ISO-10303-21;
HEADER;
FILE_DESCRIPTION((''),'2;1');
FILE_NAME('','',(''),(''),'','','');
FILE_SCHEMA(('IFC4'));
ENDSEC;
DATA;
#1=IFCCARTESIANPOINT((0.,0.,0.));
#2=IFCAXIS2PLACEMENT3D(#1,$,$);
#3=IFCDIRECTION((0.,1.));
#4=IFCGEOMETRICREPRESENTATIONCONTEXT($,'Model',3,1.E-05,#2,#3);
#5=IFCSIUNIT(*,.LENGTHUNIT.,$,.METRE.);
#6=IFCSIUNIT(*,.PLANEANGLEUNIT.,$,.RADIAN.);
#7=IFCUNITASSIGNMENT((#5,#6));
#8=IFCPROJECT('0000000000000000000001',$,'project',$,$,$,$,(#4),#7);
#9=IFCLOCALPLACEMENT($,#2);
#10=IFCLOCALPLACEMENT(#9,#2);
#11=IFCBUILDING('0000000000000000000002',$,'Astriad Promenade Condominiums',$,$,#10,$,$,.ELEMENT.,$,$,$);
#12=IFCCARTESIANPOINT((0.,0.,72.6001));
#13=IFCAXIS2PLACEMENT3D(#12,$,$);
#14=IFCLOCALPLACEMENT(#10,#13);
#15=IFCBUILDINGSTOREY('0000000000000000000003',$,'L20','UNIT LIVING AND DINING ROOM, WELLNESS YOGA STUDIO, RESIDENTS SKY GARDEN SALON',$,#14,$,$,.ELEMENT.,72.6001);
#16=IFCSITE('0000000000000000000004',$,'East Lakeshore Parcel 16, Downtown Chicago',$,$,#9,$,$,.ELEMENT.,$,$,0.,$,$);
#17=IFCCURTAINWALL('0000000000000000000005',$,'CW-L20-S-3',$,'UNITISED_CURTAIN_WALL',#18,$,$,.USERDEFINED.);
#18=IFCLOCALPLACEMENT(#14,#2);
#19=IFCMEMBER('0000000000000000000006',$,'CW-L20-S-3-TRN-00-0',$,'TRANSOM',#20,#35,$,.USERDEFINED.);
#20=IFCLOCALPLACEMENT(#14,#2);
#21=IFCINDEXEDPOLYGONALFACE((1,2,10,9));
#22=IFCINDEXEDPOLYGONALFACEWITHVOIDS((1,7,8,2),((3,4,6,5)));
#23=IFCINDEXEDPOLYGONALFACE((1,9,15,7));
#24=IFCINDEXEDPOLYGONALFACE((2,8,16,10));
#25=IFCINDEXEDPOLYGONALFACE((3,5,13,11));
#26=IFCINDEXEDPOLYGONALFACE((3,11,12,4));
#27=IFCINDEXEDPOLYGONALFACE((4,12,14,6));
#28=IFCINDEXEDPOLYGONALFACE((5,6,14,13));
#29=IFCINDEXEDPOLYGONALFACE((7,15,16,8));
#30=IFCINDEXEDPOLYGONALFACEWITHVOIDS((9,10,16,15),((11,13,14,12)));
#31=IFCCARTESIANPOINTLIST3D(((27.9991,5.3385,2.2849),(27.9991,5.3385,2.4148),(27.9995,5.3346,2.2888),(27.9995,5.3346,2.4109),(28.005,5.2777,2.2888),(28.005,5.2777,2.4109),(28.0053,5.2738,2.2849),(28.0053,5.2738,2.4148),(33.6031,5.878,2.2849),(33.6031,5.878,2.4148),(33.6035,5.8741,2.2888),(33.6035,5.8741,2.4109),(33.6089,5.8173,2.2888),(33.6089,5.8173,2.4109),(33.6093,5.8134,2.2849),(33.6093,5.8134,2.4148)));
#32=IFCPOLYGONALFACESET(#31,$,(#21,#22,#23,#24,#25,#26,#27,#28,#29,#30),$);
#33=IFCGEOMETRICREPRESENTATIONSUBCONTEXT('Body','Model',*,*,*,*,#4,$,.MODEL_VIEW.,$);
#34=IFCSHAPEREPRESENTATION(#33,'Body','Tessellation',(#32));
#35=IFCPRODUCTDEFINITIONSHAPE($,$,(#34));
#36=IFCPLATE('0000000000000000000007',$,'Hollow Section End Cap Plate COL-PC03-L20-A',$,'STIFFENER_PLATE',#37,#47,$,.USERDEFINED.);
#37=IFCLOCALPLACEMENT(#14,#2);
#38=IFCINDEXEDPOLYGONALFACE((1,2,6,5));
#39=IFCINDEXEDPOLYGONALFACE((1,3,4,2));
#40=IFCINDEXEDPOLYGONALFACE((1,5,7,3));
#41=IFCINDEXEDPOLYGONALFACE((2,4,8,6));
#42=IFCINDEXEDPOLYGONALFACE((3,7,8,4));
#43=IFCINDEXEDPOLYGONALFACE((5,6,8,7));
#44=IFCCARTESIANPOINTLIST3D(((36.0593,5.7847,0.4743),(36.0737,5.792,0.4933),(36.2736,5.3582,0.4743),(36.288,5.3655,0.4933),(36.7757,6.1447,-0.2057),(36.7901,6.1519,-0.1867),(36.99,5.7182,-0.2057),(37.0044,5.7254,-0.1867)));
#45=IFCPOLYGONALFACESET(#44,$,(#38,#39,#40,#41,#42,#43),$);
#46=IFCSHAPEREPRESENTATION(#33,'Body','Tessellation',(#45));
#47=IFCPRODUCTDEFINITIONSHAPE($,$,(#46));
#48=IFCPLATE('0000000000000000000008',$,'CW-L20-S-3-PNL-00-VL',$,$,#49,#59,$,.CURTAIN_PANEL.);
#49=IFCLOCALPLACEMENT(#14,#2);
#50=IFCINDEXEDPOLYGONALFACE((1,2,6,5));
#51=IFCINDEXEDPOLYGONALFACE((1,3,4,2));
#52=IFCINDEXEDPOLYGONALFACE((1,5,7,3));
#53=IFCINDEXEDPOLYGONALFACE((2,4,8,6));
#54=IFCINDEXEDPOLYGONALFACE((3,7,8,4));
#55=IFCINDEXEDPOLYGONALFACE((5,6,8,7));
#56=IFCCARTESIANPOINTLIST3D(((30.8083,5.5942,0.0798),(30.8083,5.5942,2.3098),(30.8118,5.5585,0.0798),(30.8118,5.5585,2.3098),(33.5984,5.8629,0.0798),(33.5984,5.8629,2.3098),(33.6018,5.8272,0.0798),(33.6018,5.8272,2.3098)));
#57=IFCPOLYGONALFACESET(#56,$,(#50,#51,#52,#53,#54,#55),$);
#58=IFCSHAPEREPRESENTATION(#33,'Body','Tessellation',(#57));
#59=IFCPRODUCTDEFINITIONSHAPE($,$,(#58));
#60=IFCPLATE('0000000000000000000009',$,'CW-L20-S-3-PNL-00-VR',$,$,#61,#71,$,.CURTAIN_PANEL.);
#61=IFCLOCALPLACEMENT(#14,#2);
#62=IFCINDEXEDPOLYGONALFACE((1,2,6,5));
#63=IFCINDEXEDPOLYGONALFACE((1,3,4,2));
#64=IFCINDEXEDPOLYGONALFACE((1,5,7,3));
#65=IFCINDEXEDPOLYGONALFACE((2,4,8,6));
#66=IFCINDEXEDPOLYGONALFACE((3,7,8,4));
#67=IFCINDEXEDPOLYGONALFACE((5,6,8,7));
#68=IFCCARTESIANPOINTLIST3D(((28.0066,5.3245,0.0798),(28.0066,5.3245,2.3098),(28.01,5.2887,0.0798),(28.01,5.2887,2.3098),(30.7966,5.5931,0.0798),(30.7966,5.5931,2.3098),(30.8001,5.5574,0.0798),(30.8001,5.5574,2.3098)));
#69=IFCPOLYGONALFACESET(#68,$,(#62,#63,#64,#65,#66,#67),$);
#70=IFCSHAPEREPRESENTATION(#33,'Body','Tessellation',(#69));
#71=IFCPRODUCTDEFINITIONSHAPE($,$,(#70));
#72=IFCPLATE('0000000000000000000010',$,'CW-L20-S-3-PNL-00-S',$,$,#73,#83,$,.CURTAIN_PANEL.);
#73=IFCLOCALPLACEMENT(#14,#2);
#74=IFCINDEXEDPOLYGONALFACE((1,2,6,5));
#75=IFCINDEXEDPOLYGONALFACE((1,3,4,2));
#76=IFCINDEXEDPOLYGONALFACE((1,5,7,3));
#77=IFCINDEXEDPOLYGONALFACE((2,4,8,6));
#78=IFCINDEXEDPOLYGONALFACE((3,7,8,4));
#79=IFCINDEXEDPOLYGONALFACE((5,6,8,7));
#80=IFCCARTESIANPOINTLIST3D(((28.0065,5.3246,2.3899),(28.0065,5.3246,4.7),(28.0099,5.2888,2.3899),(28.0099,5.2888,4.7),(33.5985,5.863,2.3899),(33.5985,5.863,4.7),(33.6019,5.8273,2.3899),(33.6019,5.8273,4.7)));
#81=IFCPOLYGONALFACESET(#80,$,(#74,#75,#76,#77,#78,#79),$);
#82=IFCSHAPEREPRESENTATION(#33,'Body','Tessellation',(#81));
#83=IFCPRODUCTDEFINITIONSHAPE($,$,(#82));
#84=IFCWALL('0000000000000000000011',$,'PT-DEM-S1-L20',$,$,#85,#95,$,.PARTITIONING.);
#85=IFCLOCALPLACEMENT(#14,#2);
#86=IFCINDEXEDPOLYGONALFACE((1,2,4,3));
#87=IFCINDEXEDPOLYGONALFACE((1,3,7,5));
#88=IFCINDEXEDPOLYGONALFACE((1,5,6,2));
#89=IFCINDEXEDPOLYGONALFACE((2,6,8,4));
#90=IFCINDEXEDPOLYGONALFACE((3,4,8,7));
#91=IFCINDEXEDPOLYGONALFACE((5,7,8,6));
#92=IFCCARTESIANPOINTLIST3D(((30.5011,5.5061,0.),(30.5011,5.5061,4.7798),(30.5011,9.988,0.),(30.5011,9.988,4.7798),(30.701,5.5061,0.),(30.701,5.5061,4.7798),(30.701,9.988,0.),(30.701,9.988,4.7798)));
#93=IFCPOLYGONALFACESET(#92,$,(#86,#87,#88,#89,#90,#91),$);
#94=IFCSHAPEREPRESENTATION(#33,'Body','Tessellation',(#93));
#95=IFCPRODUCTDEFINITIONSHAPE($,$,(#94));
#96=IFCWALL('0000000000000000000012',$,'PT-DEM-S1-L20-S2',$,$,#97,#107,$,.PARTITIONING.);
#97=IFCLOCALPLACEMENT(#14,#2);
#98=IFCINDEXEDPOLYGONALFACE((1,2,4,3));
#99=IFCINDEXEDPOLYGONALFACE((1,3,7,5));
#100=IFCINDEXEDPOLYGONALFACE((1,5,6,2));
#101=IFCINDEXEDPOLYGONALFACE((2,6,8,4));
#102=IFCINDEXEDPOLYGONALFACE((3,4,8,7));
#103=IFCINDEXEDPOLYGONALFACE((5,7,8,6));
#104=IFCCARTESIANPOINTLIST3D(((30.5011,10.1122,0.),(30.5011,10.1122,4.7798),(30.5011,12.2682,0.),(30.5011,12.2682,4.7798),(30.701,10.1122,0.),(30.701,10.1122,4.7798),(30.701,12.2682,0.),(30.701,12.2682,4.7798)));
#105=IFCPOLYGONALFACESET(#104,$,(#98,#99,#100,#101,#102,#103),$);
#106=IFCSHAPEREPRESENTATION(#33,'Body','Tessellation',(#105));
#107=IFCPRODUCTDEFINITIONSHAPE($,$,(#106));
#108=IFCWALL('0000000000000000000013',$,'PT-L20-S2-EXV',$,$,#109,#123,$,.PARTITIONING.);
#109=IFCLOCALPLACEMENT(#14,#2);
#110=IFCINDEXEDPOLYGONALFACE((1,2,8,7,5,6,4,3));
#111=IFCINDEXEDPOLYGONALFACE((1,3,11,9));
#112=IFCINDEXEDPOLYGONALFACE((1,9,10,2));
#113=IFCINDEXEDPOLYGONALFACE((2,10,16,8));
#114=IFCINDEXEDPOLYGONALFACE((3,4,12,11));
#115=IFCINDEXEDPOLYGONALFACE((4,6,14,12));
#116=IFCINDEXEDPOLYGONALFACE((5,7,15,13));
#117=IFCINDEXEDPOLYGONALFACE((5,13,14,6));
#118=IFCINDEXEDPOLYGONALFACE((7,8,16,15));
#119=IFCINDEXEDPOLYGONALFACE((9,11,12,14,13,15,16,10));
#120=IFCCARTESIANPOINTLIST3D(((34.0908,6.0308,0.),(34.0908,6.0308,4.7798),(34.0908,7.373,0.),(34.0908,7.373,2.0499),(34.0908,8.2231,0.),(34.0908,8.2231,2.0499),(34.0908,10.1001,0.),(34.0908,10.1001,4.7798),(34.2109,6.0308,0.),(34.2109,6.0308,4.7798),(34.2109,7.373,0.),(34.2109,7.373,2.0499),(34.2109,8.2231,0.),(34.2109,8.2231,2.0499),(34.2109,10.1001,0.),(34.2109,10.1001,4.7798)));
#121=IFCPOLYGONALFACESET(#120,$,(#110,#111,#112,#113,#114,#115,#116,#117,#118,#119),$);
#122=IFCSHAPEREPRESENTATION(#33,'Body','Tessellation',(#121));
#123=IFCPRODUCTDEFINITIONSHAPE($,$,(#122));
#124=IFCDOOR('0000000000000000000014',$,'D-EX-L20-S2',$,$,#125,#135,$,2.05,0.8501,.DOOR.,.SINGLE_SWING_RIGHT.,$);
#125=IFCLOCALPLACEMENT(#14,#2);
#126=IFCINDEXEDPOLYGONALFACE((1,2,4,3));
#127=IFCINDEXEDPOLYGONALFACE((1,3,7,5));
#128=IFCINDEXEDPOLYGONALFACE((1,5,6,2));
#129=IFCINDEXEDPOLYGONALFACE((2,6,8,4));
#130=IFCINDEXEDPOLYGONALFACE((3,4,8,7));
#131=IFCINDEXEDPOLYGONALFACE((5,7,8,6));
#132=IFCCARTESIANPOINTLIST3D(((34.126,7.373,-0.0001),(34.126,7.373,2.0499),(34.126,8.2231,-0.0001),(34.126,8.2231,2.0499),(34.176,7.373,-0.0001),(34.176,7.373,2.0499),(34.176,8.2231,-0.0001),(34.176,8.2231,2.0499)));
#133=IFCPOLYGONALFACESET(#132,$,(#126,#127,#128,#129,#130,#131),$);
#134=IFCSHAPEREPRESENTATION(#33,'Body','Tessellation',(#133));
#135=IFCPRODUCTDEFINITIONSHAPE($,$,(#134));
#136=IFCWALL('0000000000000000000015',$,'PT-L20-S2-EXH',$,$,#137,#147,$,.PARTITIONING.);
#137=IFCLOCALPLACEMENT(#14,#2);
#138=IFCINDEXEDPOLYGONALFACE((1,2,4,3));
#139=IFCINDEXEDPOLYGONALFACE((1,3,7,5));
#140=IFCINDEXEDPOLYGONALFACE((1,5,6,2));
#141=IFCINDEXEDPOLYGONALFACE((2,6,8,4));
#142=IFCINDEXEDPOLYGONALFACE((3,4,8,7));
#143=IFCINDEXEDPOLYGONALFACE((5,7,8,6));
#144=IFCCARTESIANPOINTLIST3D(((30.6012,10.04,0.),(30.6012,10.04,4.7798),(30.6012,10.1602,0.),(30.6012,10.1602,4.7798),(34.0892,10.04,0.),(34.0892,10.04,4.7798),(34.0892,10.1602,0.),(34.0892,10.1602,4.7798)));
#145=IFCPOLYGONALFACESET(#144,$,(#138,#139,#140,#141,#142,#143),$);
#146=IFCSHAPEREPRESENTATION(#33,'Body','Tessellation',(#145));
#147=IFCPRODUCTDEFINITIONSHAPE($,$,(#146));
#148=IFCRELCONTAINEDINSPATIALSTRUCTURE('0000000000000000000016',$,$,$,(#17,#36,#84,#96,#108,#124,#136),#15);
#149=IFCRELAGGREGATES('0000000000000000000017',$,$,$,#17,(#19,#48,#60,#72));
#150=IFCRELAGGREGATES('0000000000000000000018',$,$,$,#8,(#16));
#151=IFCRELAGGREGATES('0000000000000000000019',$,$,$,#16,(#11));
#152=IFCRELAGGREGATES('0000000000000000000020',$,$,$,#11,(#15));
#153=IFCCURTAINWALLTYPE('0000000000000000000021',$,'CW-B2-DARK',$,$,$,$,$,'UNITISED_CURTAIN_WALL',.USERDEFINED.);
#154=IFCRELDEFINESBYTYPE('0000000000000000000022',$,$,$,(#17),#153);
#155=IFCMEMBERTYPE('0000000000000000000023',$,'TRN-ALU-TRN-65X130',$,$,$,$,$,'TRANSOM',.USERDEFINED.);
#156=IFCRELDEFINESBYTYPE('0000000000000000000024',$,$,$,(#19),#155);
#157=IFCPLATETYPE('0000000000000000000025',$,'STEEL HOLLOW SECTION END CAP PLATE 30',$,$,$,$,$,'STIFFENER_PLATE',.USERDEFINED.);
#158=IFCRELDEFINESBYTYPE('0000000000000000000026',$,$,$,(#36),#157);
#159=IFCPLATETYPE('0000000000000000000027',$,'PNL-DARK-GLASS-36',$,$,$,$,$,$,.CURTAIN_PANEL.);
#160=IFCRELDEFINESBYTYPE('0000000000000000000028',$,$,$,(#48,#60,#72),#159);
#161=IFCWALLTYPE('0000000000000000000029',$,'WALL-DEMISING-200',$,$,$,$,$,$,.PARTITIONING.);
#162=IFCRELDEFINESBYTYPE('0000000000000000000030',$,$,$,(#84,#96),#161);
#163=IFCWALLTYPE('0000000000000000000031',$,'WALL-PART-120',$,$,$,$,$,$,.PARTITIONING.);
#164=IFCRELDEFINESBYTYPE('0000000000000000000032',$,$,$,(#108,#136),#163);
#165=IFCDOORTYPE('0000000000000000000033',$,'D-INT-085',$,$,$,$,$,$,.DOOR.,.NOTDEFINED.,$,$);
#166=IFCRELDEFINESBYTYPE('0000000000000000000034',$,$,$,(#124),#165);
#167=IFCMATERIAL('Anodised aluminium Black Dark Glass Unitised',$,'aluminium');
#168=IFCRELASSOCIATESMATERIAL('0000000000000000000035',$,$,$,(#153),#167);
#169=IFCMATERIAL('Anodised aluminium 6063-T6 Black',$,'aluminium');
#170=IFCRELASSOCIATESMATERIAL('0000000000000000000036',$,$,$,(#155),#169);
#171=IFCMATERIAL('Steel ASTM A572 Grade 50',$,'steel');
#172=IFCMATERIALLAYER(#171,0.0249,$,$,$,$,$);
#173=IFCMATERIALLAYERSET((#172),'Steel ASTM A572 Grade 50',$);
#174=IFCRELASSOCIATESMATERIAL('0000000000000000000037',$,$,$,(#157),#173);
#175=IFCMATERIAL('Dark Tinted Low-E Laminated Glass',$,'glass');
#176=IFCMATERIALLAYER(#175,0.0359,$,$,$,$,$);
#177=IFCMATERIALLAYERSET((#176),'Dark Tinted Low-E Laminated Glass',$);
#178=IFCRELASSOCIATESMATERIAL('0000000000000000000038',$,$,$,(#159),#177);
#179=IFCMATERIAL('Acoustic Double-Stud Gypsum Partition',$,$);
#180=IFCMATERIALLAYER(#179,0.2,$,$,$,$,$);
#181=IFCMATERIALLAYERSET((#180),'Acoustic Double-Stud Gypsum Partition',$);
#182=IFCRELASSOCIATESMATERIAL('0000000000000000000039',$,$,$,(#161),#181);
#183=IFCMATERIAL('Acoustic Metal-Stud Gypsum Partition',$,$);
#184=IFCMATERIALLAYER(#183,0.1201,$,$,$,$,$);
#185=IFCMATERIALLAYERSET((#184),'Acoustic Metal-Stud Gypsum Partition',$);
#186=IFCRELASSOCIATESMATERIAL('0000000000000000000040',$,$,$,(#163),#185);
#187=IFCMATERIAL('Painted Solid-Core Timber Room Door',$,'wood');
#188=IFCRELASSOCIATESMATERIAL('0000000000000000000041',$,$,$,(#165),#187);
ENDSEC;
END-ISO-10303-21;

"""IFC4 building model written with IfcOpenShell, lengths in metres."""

from ifc_helpers import new_model, si_unit, direction, frame, frame_2d, origin, origin_2d, place, context, subcontext, project, spatial, rectangle, hollow_rectangle, extrude, source, transform, mapped, material, layer, layer_set, material_profile, profile_set, type_object, type_shapes, element, fill, aggregate, save


model = new_model("IFC4")

# Units and contexts
model_context = context("Model", 3, precision=1e-05, world=origin(), true_north=direction((0.0, 1.0)))
body_context = subcontext(model_context, "Body", "Model", "MODEL_VIEW")
ifc_project = project(units=[si_unit("LENGTHUNIT", "METRE"), si_unit("PLANEANGLEUNIT", "RADIAN")], contexts=[model_context])

# Site, building, storey
site_placement = place(None, origin())
site = spatial("IfcSite", under=ifc_project, at=site_placement, Name="East Lakeshore Parcel 16, Downtown Chicago", CompositionType="ELEMENT", RefElevation=0.0)
building_placement = place(site_placement, origin())
building = spatial("IfcBuilding", under=site, at=building_placement, Name="Astriad Promenade Condominiums", CompositionType="ELEMENT")
storey_placement = place(building_placement, frame((0.0, 0.0, 72.6001)))
storey = spatial("IfcBuildingStorey", under=building, at=storey_placement, Name="L20", Description="UNIT LIVING AND DINING ROOM, WELLNESS YOGA STUDIO, RESIDENTS SKY GARDEN SALON", CompositionType="ELEMENT", Elevation=72.6001)

# Curtain wall, member
ifc_material_1 = material(Name="Anodised aluminium Black Dark Glass Unitised", Category="aluminium")
curtain_wall_type = type_object("IfcCurtainWallType", Name="CW-B2-DARK", ElementType="UNITISED_CURTAIN_WALL", PredefinedType="USERDEFINED", material=ifc_material_1)
curtain_wall_placement = place(storey_placement, origin())
curtain_wall = element("IfcCurtainWall", 1, at=curtain_wall_placement, inside=storey, type_object=curtain_wall_type, Name="CW-L20-S-3", ObjectType="UNITISED_CURTAIN_WALL", PredefinedType="USERDEFINED")
ifc_material_2 = material(Name="Anodised aluminium 6063-T6 Black", Category="aluminium")
ifc_material_profile_1 = material_profile(ifc_material_2, hollow_rectangle(XDim=0.0649, YDim=0.1299, WallThickness=0.0039, at=origin_2d()), Name="ALU-TRN-65X130")
ifc_profile_set_1 = profile_set([ifc_material_profile_1], Name="Anodised aluminium 6063-T6 Black")
member_type_1 = type_object("IfcMemberType", Name="TRN-ALU-TRN-65X130", ElementType="TRANSOM", PredefinedType="USERDEFINED", material=ifc_profile_set_1)
shared_shape_1 = source(origin(), body_context, "Body", "SweptSolid", [
    extrude(hollow_rectangle(XDim=0.0649, YDim=0.1299, WallThickness=0.0039, at=origin_2d()), origin(), (0.0, 0.0, 1.0), 5.6299),
])
type_shapes(member_type_1, [shared_shape_1])
member_1_placement = place(storey_placement, frame((33.6062, 5.8457, 2.3499), z_axis=(-0.995397, -0.095836, 0.0), x_axis=(0.095836, -0.995397, 0.0)))
member_1 = element("IfcMember", 2, at=member_1_placement, type_object=member_type_1, Name="CW-L20-S-3-TRN-00-0", ObjectType="TRANSOM", PredefinedType="USERDEFINED", context=body_context, shape_type="MappedRepresentation", body=[
    mapped(shared_shape_1, transform((0.0, 0.0, 0.0), scale=1.0)),
])

# Plates
ifc_material_3 = material(Name="Steel ASTM A572 Grade 50", Category="steel")
ifc_layer_1 = layer(ifc_material_3, 0.0249)
ifc_layer_set_1 = layer_set([ifc_layer_1], Name="Steel ASTM A572 Grade 50")
plate_type_1 = type_object("IfcPlateType", Name="STEEL HOLLOW SECTION END CAP PLATE 30", ElementType="STIFFENER_PLATE", PredefinedType="USERDEFINED", material=ifc_layer_set_1)
shared_shape_2 = source(origin(), body_context, "Body", "SweptSolid", [
    extrude(rectangle(XDim=0.4773, YDim=1.0513, at=origin_2d()), origin(), (0.0, 0.0, 1.0), 0.0249),
])
type_shapes(plate_type_1, [shared_shape_2])
plate_1_placement = place(storey_placement, frame((36.5247, 5.7515, 0.1343), z_axis=(0.577972, 0.290427, 0.762628), x_axis=(-0.448994, 0.893535, 0.0)))
element("IfcPlate", 3, at=plate_1_placement, inside=storey, type_object=plate_type_1, Name="Hollow Section End Cap Plate COL-PC03-L20-A", ObjectType="STIFFENER_PLATE", PredefinedType="USERDEFINED", context=body_context, shape_type="MappedRepresentation", body=[
    mapped(shared_shape_2, transform((0.0, 0.0, 0.0), scale=1.0)),
])
ifc_material_4 = material(Name="Dark Tinted Low-E Laminated Glass", Category="glass")
ifc_layer_2 = layer(ifc_material_4, 0.0359)
ifc_layer_set_2 = layer_set([ifc_layer_2], Name="Dark Tinted Low-E Laminated Glass")
plate_type_2 = type_object("IfcPlateType", Name="PNL-DARK-GLASS-36", PredefinedType="CURTAIN_PANEL", material=ifc_layer_set_2)
shared_shape_3 = source(origin(), body_context, "Body", "SweptSolid", [
    extrude(rectangle(XDim=2.803, YDim=0.0359, at=origin_2d()), origin(), (0.0, 0.0, 1.0), 2.23),
])
plate_2_placement = place(storey_placement, frame((32.2051, 5.7107, 0.0798), z_axis=(0.0, 0.0, 1.0), x_axis=(-0.995396, -0.095846, 0.0)))
plate_2 = element("IfcPlate", 4, at=plate_2_placement, type_object=plate_type_2, Name="CW-L20-S-3-PNL-00-VL", PredefinedType="CURTAIN_PANEL", context=body_context, shape_type="MappedRepresentation", body=[
    mapped(shared_shape_3, transform((0.0, 0.0, 0.0), scale=1.0)),
])
plate_3_placement = place(storey_placement, frame((29.4033, 5.4409, 0.0798), z_axis=(0.0, 0.0, 1.0), x_axis=(-0.995396, -0.095846, 0.0)))
plate_3 = element("IfcPlate", 5, at=plate_3_placement, type_object=plate_type_2, Name="CW-L20-S-3-PNL-00-VR", PredefinedType="CURTAIN_PANEL", context=body_context, shape_type="MappedRepresentation", body=[
    mapped(shared_shape_3, transform((0.0, 0.0, 0.0), scale=1.0)),
])
shared_shape_4 = source(origin(), body_context, "Body", "SweptSolid", [
    extrude(rectangle(XDim=5.6179, YDim=0.0359, at=origin_2d()), origin(), (0.0, 0.0, 1.0), 2.3101),
])
type_shapes(plate_type_2, [shared_shape_3, shared_shape_4])
plate_4_placement = place(storey_placement, frame((30.8042, 5.5759, 2.3899), z_axis=(0.0, 0.0, 1.0), x_axis=(-0.995396, -0.095846, 0.0)))
plate_4 = element("IfcPlate", 6, at=plate_4_placement, type_object=plate_type_2, Name="CW-L20-S-3-PNL-00-S", PredefinedType="CURTAIN_PANEL", context=body_context, shape_type="MappedRepresentation", body=[
    mapped(shared_shape_4, transform((0.0, 0.0, 0.0), scale=1.0)),
])
aggregate(curtain_wall, [member_1, plate_2, plate_3, plate_4])

# Walls
ifc_material_5 = material(Name="Acoustic Double-Stud Gypsum Partition")
ifc_layer_3 = layer(ifc_material_5, 0.2)
ifc_layer_set_3 = layer_set([ifc_layer_3], Name="Acoustic Double-Stud Gypsum Partition")
wall_type_1 = type_object("IfcWallType", Name="WALL-DEMISING-200", PredefinedType="PARTITIONING", material=ifc_layer_set_3)
wall_1_placement = place(storey_placement, frame((30.6011, 5.5061, 0.0), z_axis=(0.0, 0.0, 1.0), x_axis=(0.0, 1.0, 0.0)))
element("IfcWall", 7, at=wall_1_placement, inside=storey, type_object=wall_type_1, Name="PT-DEM-S1-L20", PredefinedType="PARTITIONING", context=body_context, shape_type="SweptSolid", body=[
    extrude(rectangle(XDim=4.4819, YDim=0.2, at=frame_2d((2.241, 0.0))), origin(), (0.0, 0.0, 1.0), 4.7798),
])
wall_2_placement = place(storey_placement, frame((30.6011, 10.1121, 0.0), z_axis=(0.0, 0.0, 1.0), x_axis=(0.0, 1.0, 0.0)))
element("IfcWall", 8, at=wall_2_placement, inside=storey, type_object=wall_type_1, Name="PT-DEM-S1-L20-S2", PredefinedType="PARTITIONING", context=body_context, shape_type="SweptSolid", body=[
    extrude(rectangle(XDim=2.156, YDim=0.2, at=frame_2d((1.0781, 0.0))), origin(), (0.0, 0.0, 1.0), 4.7798),
])

# Wall, opening, door
ifc_material_6 = material(Name="Acoustic Metal-Stud Gypsum Partition")
ifc_layer_4 = layer(ifc_material_6, 0.1201)
ifc_layer_set_4 = layer_set([ifc_layer_4], Name="Acoustic Metal-Stud Gypsum Partition")
wall_type_2 = type_object("IfcWallType", Name="WALL-PART-120", PredefinedType="PARTITIONING", material=ifc_layer_set_4)
wall_3_placement = place(storey_placement, frame((34.1509, 6.0308, 0.0), z_axis=(0.0, 0.0, 1.0), x_axis=(0.0, 1.0, 0.0)))
wall_3 = element("IfcWall", 9, at=wall_3_placement, inside=storey, type_object=wall_type_2, Name="PT-L20-S2-EXV", PredefinedType="PARTITIONING", context=body_context, shape_type="SweptSolid", body=[
    extrude(rectangle(XDim=4.0693, YDim=0.1201, at=frame_2d((2.0347, 0.0))), origin(), (0.0, 0.0, 1.0), 4.7798),
])
opening_1_placement = place(wall_3_placement, frame((1.3423, 0.0, 0.0)))
opening_1 = element("IfcOpeningElement", 10, at=opening_1_placement, cuts=wall_3, PredefinedType="OPENING", context=body_context, shape_type="SweptSolid", body=[
    extrude(rectangle(XDim=0.8501, YDim=2.05, at=frame_2d((0.425, 1.0249))), frame((0.0, 0.0701, 0.0), z_axis=(0.0, -1.0, 0.0), x_axis=(1.0, 0.0, 0.0)), (0.0, 0.0, 1.0), 0.1401),
])
ifc_material_7 = material(Name="Painted Solid-Core Timber Room Door", Category="wood")
door_type_1 = type_object("IfcDoorType", Name="D-INT-085", OperationType="NOTDEFINED", PredefinedType="DOOR", material=ifc_material_7)
shared_shape_5 = source(origin(), body_context, "Body", "SweptSolid", [
    extrude(rectangle(XDim=0.8501, YDim=2.05, at=frame_2d((0.425, 1.0249))), frame((0.0, 0.0249, 0.0), z_axis=(0.0, -1.0, 0.0), x_axis=(1.0, 0.0, 0.0)), (0.0, 0.0, 1.0), 0.05),
])
type_shapes(door_type_1, [shared_shape_5])
door_1_placement = place(opening_1_placement, origin())
door_1 = element("IfcDoor", 11, at=door_1_placement, inside=storey, type_object=door_type_1, Name="D-EX-L20-S2", OperationType="SINGLE_SWING_RIGHT", OverallHeight=2.05, OverallWidth=0.8501, PredefinedType="DOOR", context=body_context, shape_type="MappedRepresentation", body=[
    mapped(shared_shape_5, transform((0.0, 0.0, 0.0), scale=1.0)),
])
fill(opening_1, door_1)

# Wall
wall_4_placement = place(storey_placement, frame((30.6011, 10.1001, 0.0), z_axis=(0.0, 0.0, 1.0), x_axis=(1.0, 0.0, 0.0)))
element("IfcWall", 12, at=wall_4_placement, inside=storey, type_object=wall_type_2, Name="PT-L20-S2-EXH", PredefinedType="PARTITIONING", context=body_context, shape_type="SweptSolid", body=[
    extrude(rectangle(XDim=3.488, YDim=0.1201, at=frame_2d((1.7441, 0.0))), origin(), (0.0, 0.0, 1.0), 4.7798),
])

save(model, "model.ifc")
